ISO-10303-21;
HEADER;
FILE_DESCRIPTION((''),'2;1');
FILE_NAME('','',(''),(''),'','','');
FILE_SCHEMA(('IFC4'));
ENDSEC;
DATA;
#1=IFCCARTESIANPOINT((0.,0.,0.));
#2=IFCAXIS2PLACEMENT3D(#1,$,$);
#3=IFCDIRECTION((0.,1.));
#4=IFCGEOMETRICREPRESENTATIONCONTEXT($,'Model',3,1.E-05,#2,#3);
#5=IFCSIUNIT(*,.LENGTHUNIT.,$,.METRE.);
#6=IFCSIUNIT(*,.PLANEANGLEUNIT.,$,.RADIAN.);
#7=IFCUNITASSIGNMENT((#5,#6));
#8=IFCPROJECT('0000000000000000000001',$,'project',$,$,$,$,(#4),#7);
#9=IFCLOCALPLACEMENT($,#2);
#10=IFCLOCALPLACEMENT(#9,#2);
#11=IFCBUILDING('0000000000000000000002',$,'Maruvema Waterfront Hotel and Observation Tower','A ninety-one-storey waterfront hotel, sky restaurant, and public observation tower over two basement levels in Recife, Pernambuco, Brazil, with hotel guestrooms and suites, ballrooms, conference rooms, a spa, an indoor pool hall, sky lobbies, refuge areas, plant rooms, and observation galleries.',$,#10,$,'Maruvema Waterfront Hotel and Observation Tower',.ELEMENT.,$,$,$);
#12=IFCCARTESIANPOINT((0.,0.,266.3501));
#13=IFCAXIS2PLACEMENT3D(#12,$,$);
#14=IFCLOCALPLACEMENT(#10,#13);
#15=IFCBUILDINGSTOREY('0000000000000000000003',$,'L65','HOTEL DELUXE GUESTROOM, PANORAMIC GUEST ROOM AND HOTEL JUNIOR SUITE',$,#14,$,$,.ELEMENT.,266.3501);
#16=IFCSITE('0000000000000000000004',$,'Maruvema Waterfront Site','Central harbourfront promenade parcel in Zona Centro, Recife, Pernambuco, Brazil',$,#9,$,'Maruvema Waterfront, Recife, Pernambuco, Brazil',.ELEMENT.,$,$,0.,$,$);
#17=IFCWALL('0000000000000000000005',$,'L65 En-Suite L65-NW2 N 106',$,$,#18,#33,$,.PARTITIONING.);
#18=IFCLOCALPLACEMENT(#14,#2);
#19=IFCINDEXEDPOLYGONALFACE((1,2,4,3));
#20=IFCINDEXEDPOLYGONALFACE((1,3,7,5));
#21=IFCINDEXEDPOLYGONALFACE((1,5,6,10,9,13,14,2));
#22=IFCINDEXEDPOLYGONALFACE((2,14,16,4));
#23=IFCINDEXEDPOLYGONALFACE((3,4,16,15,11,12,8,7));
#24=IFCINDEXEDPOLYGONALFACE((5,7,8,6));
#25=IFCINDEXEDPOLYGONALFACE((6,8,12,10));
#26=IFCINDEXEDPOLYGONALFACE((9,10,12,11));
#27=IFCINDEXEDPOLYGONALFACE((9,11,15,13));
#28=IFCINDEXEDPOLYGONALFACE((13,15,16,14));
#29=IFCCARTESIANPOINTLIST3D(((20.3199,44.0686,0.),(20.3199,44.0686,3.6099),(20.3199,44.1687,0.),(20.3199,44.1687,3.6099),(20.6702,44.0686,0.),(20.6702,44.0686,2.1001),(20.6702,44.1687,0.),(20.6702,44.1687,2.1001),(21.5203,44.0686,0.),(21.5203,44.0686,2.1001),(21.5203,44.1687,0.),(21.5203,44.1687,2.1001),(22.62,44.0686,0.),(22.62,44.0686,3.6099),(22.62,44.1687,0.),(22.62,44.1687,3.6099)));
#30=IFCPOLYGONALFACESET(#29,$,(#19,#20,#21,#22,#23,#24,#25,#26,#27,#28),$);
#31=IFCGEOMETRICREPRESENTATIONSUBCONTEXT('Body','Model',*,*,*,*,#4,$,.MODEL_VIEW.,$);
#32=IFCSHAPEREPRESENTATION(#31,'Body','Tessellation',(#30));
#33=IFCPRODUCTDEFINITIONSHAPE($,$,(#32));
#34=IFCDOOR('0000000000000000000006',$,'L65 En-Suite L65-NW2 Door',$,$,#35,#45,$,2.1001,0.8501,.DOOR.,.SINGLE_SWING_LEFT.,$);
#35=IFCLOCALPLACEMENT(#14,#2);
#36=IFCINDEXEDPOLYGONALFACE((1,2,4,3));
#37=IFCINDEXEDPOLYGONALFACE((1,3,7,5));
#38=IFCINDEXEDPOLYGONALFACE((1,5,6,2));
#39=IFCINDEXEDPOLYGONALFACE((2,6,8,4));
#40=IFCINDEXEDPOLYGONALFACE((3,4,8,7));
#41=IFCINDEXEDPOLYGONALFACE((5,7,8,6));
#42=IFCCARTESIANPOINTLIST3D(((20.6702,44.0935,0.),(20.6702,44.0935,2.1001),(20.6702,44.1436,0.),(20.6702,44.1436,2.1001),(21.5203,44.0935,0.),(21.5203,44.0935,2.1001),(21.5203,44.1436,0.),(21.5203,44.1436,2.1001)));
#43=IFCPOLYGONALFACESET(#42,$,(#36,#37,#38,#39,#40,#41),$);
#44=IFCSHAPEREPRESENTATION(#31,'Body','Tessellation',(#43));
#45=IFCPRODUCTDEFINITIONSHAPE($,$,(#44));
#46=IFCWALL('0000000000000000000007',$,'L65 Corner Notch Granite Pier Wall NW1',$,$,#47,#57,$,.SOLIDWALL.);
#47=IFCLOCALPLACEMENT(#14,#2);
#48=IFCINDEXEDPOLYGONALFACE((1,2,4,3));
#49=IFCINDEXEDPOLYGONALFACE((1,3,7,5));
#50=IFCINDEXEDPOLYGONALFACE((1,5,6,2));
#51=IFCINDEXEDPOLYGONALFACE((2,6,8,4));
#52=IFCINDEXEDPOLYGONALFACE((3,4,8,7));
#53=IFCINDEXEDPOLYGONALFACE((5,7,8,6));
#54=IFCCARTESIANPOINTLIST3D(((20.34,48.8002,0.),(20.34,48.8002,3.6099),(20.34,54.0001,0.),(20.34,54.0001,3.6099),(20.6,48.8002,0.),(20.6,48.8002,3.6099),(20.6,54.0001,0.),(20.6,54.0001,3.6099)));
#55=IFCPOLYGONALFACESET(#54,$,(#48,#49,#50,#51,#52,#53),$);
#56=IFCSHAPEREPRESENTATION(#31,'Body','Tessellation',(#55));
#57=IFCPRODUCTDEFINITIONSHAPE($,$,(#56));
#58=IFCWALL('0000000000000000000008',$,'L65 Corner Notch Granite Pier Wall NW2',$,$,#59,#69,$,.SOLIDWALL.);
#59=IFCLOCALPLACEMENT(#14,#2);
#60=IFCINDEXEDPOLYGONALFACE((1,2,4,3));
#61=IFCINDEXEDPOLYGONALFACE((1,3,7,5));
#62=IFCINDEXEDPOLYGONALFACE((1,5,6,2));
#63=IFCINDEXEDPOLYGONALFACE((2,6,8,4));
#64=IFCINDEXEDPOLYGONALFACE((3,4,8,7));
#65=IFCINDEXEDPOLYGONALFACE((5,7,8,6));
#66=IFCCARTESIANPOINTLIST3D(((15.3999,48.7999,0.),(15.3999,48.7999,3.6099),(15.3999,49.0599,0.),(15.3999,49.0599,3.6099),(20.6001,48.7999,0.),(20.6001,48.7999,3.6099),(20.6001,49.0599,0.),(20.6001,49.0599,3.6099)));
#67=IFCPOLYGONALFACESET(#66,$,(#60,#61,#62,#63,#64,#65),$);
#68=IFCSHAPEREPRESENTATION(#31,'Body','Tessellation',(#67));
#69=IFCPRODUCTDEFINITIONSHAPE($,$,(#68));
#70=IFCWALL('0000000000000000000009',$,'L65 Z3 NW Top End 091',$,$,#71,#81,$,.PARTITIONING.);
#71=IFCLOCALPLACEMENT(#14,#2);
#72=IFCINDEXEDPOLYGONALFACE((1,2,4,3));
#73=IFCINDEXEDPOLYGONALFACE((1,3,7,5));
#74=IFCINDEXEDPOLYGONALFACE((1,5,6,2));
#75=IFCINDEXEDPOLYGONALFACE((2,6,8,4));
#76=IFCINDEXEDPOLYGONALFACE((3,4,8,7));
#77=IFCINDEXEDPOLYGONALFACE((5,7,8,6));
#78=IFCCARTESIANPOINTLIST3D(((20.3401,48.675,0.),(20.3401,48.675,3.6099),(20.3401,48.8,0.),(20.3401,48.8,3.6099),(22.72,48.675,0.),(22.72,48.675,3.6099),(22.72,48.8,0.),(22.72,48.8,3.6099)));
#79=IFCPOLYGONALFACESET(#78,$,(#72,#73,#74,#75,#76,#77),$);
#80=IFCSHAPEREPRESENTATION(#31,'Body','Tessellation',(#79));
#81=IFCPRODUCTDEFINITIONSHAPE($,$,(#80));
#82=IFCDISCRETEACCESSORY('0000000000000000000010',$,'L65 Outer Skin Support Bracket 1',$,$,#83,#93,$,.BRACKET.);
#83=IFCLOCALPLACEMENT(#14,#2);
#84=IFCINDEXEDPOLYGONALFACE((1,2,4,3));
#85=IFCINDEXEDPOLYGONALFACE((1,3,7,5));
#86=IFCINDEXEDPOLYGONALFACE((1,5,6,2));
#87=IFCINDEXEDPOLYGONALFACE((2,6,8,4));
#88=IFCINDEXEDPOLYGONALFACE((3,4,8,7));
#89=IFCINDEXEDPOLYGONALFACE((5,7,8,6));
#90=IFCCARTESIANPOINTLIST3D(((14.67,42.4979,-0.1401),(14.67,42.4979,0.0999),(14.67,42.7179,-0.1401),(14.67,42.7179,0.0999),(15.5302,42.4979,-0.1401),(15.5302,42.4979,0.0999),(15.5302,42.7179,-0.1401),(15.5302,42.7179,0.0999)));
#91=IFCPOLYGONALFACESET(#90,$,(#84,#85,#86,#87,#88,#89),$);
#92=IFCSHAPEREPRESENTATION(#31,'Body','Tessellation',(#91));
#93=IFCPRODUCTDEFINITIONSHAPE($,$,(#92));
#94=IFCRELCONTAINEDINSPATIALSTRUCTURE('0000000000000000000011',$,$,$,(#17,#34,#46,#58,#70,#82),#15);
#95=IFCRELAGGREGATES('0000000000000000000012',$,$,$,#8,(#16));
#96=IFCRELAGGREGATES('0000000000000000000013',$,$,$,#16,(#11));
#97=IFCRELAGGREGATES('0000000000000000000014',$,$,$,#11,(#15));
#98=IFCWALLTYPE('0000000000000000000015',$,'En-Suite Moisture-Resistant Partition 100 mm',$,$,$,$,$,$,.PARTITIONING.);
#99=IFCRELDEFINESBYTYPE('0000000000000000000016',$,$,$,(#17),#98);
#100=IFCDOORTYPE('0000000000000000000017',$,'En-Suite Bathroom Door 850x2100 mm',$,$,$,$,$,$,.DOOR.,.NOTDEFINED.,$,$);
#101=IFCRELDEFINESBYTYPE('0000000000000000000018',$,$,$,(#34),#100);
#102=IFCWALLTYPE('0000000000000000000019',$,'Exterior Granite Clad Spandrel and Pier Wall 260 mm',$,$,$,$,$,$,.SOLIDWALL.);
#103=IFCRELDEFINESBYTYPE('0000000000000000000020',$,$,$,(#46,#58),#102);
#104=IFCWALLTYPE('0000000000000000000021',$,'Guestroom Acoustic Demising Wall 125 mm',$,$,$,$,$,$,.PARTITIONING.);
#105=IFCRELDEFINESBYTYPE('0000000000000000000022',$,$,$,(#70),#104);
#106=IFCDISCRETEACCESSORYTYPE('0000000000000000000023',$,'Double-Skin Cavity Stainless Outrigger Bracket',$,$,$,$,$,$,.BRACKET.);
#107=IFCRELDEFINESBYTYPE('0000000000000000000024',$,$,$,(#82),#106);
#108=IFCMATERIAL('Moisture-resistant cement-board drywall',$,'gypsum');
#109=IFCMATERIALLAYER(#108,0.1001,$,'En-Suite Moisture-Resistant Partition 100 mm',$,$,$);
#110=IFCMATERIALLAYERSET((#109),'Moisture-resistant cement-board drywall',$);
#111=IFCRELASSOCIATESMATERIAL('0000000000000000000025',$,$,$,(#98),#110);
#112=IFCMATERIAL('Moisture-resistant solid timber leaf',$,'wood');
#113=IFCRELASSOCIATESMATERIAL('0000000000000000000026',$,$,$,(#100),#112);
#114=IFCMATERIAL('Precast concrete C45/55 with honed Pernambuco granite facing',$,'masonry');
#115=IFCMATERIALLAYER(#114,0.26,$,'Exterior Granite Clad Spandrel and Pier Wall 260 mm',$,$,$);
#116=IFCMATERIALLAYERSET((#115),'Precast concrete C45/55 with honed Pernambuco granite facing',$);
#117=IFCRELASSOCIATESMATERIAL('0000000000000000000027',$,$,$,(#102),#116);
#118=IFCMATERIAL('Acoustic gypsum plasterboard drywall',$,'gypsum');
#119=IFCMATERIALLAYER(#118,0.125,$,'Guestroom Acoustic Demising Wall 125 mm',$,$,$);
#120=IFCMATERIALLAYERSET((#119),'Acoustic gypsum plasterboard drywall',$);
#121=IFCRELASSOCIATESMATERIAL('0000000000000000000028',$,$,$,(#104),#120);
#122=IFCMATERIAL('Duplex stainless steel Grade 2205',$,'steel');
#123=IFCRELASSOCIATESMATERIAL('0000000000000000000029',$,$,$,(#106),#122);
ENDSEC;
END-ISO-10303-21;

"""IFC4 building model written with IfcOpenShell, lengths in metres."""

from ifc_helpers import new_model, si_unit, direction, frame, frame_2d, origin, origin_2d, place, context, subcontext, project, spatial, rectangle, extrude, material, layer, layer_set, type_object, element, fill, save


model = new_model("IFC4")

# Units and contexts
model_context = context("Model", 3, precision=1e-05, world=origin(), true_north=direction((0.0, 1.0)))
body_context = subcontext(model_context, "Body", "Model", "MODEL_VIEW")
ifc_project = project(units=[si_unit("LENGTHUNIT", "METRE"), si_unit("PLANEANGLEUNIT", "RADIAN")], contexts=[model_context])

# Site, building, storey
site_placement = place(None, origin())
site = spatial("IfcSite", under=ifc_project, at=site_placement, Name="Maruvema Waterfront Site", Description="Central harbourfront promenade parcel in Zona Centro, Recife, Pernambuco, Brazil", LongName="Maruvema Waterfront, Recife, Pernambuco, Brazil", CompositionType="ELEMENT", RefElevation=0.0)
building_placement = place(site_placement, origin())
building = spatial("IfcBuilding", under=site, at=building_placement, Name="Maruvema Waterfront Hotel and Observation Tower", Description="A ninety-one-storey waterfront hotel, sky restaurant, and public observation tower over two basement levels in Recife, Pernambuco, Brazil, with hotel guestrooms and suites, ballrooms, conference rooms, a spa, an indoor pool hall, sky lobbies, refuge areas, plant rooms, and observation galleries.", LongName="Maruvema Waterfront Hotel and Observation Tower", CompositionType="ELEMENT")
storey_placement = place(building_placement, frame((0.0, 0.0, 266.3501)))
storey = spatial("IfcBuildingStorey", under=building, at=storey_placement, Name="L65", Description="HOTEL DELUXE GUESTROOM, PANORAMIC GUEST ROOM AND HOTEL JUNIOR SUITE", CompositionType="ELEMENT", Elevation=266.3501)

# Wall, opening, door
ifc_material_1 = material(Name="Moisture-resistant cement-board drywall", Category="gypsum")
ifc_layer_1 = layer(ifc_material_1, 0.1001, Name="En-Suite Moisture-Resistant Partition 100 mm")
ifc_layer_set_1 = layer_set([ifc_layer_1], Name="Moisture-resistant cement-board drywall")
wall_type_1 = type_object("IfcWallType", Name="En-Suite Moisture-Resistant Partition 100 mm", PredefinedType="PARTITIONING", material=ifc_layer_set_1)
wall_1_placement = place(storey_placement, frame((20.3201, 44.1187, 0.0), z_axis=(0.0, 0.0, 1.0), x_axis=(1.0, 0.0, 0.0)))
wall_1 = element("IfcWall", 1, at=wall_1_placement, inside=storey, type_object=wall_type_1, Name="L65 En-Suite L65-NW2 N 106", PredefinedType="PARTITIONING", context=body_context, shape_type="SweptSolid", body=[
    extrude(rectangle(XDim=2.3, YDim=0.1001, at=frame_2d((1.1499, 0.0))), origin(), (0.0, 0.0, 1.0), 3.6099),
])
opening_1_placement = place(wall_1_placement, frame((0.3501, 0.0, 0.0)))
opening_1 = element("IfcOpeningElement", 2, at=opening_1_placement, cuts=wall_1, PredefinedType="OPENING", context=body_context, shape_type="SweptSolid", body=[
    extrude(rectangle(XDim=0.8501, YDim=2.1001, at=frame_2d((0.425, 1.05))), frame((0.0, 0.0601, 0.0), z_axis=(0.0, -1.0, 0.0), x_axis=(1.0, 0.0, 0.0)), (0.0, 0.0, 1.0), 0.1201),
])
ifc_material_2 = material(Name="Moisture-resistant solid timber leaf", Category="wood")
door_type_1 = type_object("IfcDoorType", Name="En-Suite Bathroom Door 850x2100 mm", OperationType="NOTDEFINED", PredefinedType="DOOR", material=ifc_material_2)
door_1_placement = place(opening_1_placement, origin())
door_1 = element("IfcDoor", 3, at=door_1_placement, inside=storey, type_object=door_type_1, Name="L65 En-Suite L65-NW2 Door", OperationType="SINGLE_SWING_LEFT", OverallHeight=2.1001, OverallWidth=0.8501, PredefinedType="DOOR", context=body_context, shape_type="SweptSolid", body=[
    extrude(rectangle(XDim=0.8501, YDim=2.1001, at=frame_2d((0.425, 1.05))), frame((0.0, 0.0249, 0.0), z_axis=(0.0, -1.0, 0.0), x_axis=(1.0, 0.0, 0.0)), (0.0, 0.0, 1.0), 0.05),
])
fill(opening_1, door_1)

# Walls
ifc_material_3 = material(Name="Precast concrete C45/55 with honed Pernambuco granite facing", Category="masonry")
ifc_layer_2 = layer(ifc_material_3, 0.26, Name="Exterior Granite Clad Spandrel and Pier Wall 260 mm")
ifc_layer_set_2 = layer_set([ifc_layer_2], Name="Precast concrete C45/55 with honed Pernambuco granite facing")
wall_type_2 = type_object("IfcWallType", Name="Exterior Granite Clad Spandrel and Pier Wall 260 mm", PredefinedType="SOLIDWALL", material=ifc_layer_set_2)
wall_2_placement = place(storey_placement, frame((20.47, 48.8, 0.0), z_axis=(0.0, 0.0, 1.0), x_axis=(0.0, 1.0, 0.0)))
element("IfcWall", 4, at=wall_2_placement, inside=storey, type_object=wall_type_2, Name="L65 Corner Notch Granite Pier Wall NW1", PredefinedType="SOLIDWALL", context=body_context, shape_type="SweptSolid", body=[
    extrude(rectangle(XDim=5.2, YDim=0.26, at=frame_2d((2.6001, 0.0))), origin(), (0.0, 0.0, 1.0), 3.6099),
])
wall_3_placement = place(storey_placement, frame((15.3999, 48.9299, 0.0), z_axis=(0.0, 0.0, 1.0), x_axis=(1.0, 0.0, 0.0)))
element("IfcWall", 5, at=wall_3_placement, inside=storey, type_object=wall_type_2, Name="L65 Corner Notch Granite Pier Wall NW2", PredefinedType="SOLIDWALL", context=body_context, shape_type="SweptSolid", body=[
    extrude(rectangle(XDim=5.2002, YDim=0.26, at=frame_2d((2.6001, 0.0))), origin(), (0.0, 0.0, 1.0), 3.6099),
])
ifc_material_4 = material(Name="Acoustic gypsum plasterboard drywall", Category="gypsum")
ifc_layer_3 = layer(ifc_material_4, 0.125, Name="Guestroom Acoustic Demising Wall 125 mm")
ifc_layer_set_3 = layer_set([ifc_layer_3], Name="Acoustic gypsum plasterboard drywall")
wall_type_3 = type_object("IfcWallType", Name="Guestroom Acoustic Demising Wall 125 mm", PredefinedType="PARTITIONING", material=ifc_layer_set_3)
wall_4_placement = place(storey_placement, frame((20.3401, 48.7375, 0.0), z_axis=(0.0, 0.0, 1.0), x_axis=(1.0, 0.0, 0.0)))
element("IfcWall", 6, at=wall_4_placement, inside=storey, type_object=wall_type_3, Name="L65 Z3 NW Top End 091", PredefinedType="PARTITIONING", context=body_context, shape_type="SweptSolid", body=[
    extrude(rectangle(XDim=2.3799, YDim=0.125, at=frame_2d((1.1899, 0.0))), origin(), (0.0, 0.0, 1.0), 3.6099),
])

# Discrete accessory
ifc_material_5 = material(Name="Duplex stainless steel Grade 2205", Category="steel")
discrete_accessory_type = type_object("IfcDiscreteAccessoryType", Name="Double-Skin Cavity Stainless Outrigger Bracket", PredefinedType="BRACKET", material=ifc_material_5)
discrete_accessory_placement = place(storey_placement, frame((15.1001, 42.6079, -0.1401), z_axis=(0.0, 0.0, 1.0), x_axis=(0.0, -1.0, 0.0)))
element("IfcDiscreteAccessory", 7, at=discrete_accessory_placement, inside=storey, type_object=discrete_accessory_type, Name="L65 Outer Skin Support Bracket 1", PredefinedType="BRACKET", context=body_context, shape_type="SweptSolid", body=[
    extrude(rectangle(XDim=0.22, YDim=0.8601, at=origin_2d()), origin(), (0.0, 0.0, 1.0), 0.24),
])

save(model, "model.ifc")
